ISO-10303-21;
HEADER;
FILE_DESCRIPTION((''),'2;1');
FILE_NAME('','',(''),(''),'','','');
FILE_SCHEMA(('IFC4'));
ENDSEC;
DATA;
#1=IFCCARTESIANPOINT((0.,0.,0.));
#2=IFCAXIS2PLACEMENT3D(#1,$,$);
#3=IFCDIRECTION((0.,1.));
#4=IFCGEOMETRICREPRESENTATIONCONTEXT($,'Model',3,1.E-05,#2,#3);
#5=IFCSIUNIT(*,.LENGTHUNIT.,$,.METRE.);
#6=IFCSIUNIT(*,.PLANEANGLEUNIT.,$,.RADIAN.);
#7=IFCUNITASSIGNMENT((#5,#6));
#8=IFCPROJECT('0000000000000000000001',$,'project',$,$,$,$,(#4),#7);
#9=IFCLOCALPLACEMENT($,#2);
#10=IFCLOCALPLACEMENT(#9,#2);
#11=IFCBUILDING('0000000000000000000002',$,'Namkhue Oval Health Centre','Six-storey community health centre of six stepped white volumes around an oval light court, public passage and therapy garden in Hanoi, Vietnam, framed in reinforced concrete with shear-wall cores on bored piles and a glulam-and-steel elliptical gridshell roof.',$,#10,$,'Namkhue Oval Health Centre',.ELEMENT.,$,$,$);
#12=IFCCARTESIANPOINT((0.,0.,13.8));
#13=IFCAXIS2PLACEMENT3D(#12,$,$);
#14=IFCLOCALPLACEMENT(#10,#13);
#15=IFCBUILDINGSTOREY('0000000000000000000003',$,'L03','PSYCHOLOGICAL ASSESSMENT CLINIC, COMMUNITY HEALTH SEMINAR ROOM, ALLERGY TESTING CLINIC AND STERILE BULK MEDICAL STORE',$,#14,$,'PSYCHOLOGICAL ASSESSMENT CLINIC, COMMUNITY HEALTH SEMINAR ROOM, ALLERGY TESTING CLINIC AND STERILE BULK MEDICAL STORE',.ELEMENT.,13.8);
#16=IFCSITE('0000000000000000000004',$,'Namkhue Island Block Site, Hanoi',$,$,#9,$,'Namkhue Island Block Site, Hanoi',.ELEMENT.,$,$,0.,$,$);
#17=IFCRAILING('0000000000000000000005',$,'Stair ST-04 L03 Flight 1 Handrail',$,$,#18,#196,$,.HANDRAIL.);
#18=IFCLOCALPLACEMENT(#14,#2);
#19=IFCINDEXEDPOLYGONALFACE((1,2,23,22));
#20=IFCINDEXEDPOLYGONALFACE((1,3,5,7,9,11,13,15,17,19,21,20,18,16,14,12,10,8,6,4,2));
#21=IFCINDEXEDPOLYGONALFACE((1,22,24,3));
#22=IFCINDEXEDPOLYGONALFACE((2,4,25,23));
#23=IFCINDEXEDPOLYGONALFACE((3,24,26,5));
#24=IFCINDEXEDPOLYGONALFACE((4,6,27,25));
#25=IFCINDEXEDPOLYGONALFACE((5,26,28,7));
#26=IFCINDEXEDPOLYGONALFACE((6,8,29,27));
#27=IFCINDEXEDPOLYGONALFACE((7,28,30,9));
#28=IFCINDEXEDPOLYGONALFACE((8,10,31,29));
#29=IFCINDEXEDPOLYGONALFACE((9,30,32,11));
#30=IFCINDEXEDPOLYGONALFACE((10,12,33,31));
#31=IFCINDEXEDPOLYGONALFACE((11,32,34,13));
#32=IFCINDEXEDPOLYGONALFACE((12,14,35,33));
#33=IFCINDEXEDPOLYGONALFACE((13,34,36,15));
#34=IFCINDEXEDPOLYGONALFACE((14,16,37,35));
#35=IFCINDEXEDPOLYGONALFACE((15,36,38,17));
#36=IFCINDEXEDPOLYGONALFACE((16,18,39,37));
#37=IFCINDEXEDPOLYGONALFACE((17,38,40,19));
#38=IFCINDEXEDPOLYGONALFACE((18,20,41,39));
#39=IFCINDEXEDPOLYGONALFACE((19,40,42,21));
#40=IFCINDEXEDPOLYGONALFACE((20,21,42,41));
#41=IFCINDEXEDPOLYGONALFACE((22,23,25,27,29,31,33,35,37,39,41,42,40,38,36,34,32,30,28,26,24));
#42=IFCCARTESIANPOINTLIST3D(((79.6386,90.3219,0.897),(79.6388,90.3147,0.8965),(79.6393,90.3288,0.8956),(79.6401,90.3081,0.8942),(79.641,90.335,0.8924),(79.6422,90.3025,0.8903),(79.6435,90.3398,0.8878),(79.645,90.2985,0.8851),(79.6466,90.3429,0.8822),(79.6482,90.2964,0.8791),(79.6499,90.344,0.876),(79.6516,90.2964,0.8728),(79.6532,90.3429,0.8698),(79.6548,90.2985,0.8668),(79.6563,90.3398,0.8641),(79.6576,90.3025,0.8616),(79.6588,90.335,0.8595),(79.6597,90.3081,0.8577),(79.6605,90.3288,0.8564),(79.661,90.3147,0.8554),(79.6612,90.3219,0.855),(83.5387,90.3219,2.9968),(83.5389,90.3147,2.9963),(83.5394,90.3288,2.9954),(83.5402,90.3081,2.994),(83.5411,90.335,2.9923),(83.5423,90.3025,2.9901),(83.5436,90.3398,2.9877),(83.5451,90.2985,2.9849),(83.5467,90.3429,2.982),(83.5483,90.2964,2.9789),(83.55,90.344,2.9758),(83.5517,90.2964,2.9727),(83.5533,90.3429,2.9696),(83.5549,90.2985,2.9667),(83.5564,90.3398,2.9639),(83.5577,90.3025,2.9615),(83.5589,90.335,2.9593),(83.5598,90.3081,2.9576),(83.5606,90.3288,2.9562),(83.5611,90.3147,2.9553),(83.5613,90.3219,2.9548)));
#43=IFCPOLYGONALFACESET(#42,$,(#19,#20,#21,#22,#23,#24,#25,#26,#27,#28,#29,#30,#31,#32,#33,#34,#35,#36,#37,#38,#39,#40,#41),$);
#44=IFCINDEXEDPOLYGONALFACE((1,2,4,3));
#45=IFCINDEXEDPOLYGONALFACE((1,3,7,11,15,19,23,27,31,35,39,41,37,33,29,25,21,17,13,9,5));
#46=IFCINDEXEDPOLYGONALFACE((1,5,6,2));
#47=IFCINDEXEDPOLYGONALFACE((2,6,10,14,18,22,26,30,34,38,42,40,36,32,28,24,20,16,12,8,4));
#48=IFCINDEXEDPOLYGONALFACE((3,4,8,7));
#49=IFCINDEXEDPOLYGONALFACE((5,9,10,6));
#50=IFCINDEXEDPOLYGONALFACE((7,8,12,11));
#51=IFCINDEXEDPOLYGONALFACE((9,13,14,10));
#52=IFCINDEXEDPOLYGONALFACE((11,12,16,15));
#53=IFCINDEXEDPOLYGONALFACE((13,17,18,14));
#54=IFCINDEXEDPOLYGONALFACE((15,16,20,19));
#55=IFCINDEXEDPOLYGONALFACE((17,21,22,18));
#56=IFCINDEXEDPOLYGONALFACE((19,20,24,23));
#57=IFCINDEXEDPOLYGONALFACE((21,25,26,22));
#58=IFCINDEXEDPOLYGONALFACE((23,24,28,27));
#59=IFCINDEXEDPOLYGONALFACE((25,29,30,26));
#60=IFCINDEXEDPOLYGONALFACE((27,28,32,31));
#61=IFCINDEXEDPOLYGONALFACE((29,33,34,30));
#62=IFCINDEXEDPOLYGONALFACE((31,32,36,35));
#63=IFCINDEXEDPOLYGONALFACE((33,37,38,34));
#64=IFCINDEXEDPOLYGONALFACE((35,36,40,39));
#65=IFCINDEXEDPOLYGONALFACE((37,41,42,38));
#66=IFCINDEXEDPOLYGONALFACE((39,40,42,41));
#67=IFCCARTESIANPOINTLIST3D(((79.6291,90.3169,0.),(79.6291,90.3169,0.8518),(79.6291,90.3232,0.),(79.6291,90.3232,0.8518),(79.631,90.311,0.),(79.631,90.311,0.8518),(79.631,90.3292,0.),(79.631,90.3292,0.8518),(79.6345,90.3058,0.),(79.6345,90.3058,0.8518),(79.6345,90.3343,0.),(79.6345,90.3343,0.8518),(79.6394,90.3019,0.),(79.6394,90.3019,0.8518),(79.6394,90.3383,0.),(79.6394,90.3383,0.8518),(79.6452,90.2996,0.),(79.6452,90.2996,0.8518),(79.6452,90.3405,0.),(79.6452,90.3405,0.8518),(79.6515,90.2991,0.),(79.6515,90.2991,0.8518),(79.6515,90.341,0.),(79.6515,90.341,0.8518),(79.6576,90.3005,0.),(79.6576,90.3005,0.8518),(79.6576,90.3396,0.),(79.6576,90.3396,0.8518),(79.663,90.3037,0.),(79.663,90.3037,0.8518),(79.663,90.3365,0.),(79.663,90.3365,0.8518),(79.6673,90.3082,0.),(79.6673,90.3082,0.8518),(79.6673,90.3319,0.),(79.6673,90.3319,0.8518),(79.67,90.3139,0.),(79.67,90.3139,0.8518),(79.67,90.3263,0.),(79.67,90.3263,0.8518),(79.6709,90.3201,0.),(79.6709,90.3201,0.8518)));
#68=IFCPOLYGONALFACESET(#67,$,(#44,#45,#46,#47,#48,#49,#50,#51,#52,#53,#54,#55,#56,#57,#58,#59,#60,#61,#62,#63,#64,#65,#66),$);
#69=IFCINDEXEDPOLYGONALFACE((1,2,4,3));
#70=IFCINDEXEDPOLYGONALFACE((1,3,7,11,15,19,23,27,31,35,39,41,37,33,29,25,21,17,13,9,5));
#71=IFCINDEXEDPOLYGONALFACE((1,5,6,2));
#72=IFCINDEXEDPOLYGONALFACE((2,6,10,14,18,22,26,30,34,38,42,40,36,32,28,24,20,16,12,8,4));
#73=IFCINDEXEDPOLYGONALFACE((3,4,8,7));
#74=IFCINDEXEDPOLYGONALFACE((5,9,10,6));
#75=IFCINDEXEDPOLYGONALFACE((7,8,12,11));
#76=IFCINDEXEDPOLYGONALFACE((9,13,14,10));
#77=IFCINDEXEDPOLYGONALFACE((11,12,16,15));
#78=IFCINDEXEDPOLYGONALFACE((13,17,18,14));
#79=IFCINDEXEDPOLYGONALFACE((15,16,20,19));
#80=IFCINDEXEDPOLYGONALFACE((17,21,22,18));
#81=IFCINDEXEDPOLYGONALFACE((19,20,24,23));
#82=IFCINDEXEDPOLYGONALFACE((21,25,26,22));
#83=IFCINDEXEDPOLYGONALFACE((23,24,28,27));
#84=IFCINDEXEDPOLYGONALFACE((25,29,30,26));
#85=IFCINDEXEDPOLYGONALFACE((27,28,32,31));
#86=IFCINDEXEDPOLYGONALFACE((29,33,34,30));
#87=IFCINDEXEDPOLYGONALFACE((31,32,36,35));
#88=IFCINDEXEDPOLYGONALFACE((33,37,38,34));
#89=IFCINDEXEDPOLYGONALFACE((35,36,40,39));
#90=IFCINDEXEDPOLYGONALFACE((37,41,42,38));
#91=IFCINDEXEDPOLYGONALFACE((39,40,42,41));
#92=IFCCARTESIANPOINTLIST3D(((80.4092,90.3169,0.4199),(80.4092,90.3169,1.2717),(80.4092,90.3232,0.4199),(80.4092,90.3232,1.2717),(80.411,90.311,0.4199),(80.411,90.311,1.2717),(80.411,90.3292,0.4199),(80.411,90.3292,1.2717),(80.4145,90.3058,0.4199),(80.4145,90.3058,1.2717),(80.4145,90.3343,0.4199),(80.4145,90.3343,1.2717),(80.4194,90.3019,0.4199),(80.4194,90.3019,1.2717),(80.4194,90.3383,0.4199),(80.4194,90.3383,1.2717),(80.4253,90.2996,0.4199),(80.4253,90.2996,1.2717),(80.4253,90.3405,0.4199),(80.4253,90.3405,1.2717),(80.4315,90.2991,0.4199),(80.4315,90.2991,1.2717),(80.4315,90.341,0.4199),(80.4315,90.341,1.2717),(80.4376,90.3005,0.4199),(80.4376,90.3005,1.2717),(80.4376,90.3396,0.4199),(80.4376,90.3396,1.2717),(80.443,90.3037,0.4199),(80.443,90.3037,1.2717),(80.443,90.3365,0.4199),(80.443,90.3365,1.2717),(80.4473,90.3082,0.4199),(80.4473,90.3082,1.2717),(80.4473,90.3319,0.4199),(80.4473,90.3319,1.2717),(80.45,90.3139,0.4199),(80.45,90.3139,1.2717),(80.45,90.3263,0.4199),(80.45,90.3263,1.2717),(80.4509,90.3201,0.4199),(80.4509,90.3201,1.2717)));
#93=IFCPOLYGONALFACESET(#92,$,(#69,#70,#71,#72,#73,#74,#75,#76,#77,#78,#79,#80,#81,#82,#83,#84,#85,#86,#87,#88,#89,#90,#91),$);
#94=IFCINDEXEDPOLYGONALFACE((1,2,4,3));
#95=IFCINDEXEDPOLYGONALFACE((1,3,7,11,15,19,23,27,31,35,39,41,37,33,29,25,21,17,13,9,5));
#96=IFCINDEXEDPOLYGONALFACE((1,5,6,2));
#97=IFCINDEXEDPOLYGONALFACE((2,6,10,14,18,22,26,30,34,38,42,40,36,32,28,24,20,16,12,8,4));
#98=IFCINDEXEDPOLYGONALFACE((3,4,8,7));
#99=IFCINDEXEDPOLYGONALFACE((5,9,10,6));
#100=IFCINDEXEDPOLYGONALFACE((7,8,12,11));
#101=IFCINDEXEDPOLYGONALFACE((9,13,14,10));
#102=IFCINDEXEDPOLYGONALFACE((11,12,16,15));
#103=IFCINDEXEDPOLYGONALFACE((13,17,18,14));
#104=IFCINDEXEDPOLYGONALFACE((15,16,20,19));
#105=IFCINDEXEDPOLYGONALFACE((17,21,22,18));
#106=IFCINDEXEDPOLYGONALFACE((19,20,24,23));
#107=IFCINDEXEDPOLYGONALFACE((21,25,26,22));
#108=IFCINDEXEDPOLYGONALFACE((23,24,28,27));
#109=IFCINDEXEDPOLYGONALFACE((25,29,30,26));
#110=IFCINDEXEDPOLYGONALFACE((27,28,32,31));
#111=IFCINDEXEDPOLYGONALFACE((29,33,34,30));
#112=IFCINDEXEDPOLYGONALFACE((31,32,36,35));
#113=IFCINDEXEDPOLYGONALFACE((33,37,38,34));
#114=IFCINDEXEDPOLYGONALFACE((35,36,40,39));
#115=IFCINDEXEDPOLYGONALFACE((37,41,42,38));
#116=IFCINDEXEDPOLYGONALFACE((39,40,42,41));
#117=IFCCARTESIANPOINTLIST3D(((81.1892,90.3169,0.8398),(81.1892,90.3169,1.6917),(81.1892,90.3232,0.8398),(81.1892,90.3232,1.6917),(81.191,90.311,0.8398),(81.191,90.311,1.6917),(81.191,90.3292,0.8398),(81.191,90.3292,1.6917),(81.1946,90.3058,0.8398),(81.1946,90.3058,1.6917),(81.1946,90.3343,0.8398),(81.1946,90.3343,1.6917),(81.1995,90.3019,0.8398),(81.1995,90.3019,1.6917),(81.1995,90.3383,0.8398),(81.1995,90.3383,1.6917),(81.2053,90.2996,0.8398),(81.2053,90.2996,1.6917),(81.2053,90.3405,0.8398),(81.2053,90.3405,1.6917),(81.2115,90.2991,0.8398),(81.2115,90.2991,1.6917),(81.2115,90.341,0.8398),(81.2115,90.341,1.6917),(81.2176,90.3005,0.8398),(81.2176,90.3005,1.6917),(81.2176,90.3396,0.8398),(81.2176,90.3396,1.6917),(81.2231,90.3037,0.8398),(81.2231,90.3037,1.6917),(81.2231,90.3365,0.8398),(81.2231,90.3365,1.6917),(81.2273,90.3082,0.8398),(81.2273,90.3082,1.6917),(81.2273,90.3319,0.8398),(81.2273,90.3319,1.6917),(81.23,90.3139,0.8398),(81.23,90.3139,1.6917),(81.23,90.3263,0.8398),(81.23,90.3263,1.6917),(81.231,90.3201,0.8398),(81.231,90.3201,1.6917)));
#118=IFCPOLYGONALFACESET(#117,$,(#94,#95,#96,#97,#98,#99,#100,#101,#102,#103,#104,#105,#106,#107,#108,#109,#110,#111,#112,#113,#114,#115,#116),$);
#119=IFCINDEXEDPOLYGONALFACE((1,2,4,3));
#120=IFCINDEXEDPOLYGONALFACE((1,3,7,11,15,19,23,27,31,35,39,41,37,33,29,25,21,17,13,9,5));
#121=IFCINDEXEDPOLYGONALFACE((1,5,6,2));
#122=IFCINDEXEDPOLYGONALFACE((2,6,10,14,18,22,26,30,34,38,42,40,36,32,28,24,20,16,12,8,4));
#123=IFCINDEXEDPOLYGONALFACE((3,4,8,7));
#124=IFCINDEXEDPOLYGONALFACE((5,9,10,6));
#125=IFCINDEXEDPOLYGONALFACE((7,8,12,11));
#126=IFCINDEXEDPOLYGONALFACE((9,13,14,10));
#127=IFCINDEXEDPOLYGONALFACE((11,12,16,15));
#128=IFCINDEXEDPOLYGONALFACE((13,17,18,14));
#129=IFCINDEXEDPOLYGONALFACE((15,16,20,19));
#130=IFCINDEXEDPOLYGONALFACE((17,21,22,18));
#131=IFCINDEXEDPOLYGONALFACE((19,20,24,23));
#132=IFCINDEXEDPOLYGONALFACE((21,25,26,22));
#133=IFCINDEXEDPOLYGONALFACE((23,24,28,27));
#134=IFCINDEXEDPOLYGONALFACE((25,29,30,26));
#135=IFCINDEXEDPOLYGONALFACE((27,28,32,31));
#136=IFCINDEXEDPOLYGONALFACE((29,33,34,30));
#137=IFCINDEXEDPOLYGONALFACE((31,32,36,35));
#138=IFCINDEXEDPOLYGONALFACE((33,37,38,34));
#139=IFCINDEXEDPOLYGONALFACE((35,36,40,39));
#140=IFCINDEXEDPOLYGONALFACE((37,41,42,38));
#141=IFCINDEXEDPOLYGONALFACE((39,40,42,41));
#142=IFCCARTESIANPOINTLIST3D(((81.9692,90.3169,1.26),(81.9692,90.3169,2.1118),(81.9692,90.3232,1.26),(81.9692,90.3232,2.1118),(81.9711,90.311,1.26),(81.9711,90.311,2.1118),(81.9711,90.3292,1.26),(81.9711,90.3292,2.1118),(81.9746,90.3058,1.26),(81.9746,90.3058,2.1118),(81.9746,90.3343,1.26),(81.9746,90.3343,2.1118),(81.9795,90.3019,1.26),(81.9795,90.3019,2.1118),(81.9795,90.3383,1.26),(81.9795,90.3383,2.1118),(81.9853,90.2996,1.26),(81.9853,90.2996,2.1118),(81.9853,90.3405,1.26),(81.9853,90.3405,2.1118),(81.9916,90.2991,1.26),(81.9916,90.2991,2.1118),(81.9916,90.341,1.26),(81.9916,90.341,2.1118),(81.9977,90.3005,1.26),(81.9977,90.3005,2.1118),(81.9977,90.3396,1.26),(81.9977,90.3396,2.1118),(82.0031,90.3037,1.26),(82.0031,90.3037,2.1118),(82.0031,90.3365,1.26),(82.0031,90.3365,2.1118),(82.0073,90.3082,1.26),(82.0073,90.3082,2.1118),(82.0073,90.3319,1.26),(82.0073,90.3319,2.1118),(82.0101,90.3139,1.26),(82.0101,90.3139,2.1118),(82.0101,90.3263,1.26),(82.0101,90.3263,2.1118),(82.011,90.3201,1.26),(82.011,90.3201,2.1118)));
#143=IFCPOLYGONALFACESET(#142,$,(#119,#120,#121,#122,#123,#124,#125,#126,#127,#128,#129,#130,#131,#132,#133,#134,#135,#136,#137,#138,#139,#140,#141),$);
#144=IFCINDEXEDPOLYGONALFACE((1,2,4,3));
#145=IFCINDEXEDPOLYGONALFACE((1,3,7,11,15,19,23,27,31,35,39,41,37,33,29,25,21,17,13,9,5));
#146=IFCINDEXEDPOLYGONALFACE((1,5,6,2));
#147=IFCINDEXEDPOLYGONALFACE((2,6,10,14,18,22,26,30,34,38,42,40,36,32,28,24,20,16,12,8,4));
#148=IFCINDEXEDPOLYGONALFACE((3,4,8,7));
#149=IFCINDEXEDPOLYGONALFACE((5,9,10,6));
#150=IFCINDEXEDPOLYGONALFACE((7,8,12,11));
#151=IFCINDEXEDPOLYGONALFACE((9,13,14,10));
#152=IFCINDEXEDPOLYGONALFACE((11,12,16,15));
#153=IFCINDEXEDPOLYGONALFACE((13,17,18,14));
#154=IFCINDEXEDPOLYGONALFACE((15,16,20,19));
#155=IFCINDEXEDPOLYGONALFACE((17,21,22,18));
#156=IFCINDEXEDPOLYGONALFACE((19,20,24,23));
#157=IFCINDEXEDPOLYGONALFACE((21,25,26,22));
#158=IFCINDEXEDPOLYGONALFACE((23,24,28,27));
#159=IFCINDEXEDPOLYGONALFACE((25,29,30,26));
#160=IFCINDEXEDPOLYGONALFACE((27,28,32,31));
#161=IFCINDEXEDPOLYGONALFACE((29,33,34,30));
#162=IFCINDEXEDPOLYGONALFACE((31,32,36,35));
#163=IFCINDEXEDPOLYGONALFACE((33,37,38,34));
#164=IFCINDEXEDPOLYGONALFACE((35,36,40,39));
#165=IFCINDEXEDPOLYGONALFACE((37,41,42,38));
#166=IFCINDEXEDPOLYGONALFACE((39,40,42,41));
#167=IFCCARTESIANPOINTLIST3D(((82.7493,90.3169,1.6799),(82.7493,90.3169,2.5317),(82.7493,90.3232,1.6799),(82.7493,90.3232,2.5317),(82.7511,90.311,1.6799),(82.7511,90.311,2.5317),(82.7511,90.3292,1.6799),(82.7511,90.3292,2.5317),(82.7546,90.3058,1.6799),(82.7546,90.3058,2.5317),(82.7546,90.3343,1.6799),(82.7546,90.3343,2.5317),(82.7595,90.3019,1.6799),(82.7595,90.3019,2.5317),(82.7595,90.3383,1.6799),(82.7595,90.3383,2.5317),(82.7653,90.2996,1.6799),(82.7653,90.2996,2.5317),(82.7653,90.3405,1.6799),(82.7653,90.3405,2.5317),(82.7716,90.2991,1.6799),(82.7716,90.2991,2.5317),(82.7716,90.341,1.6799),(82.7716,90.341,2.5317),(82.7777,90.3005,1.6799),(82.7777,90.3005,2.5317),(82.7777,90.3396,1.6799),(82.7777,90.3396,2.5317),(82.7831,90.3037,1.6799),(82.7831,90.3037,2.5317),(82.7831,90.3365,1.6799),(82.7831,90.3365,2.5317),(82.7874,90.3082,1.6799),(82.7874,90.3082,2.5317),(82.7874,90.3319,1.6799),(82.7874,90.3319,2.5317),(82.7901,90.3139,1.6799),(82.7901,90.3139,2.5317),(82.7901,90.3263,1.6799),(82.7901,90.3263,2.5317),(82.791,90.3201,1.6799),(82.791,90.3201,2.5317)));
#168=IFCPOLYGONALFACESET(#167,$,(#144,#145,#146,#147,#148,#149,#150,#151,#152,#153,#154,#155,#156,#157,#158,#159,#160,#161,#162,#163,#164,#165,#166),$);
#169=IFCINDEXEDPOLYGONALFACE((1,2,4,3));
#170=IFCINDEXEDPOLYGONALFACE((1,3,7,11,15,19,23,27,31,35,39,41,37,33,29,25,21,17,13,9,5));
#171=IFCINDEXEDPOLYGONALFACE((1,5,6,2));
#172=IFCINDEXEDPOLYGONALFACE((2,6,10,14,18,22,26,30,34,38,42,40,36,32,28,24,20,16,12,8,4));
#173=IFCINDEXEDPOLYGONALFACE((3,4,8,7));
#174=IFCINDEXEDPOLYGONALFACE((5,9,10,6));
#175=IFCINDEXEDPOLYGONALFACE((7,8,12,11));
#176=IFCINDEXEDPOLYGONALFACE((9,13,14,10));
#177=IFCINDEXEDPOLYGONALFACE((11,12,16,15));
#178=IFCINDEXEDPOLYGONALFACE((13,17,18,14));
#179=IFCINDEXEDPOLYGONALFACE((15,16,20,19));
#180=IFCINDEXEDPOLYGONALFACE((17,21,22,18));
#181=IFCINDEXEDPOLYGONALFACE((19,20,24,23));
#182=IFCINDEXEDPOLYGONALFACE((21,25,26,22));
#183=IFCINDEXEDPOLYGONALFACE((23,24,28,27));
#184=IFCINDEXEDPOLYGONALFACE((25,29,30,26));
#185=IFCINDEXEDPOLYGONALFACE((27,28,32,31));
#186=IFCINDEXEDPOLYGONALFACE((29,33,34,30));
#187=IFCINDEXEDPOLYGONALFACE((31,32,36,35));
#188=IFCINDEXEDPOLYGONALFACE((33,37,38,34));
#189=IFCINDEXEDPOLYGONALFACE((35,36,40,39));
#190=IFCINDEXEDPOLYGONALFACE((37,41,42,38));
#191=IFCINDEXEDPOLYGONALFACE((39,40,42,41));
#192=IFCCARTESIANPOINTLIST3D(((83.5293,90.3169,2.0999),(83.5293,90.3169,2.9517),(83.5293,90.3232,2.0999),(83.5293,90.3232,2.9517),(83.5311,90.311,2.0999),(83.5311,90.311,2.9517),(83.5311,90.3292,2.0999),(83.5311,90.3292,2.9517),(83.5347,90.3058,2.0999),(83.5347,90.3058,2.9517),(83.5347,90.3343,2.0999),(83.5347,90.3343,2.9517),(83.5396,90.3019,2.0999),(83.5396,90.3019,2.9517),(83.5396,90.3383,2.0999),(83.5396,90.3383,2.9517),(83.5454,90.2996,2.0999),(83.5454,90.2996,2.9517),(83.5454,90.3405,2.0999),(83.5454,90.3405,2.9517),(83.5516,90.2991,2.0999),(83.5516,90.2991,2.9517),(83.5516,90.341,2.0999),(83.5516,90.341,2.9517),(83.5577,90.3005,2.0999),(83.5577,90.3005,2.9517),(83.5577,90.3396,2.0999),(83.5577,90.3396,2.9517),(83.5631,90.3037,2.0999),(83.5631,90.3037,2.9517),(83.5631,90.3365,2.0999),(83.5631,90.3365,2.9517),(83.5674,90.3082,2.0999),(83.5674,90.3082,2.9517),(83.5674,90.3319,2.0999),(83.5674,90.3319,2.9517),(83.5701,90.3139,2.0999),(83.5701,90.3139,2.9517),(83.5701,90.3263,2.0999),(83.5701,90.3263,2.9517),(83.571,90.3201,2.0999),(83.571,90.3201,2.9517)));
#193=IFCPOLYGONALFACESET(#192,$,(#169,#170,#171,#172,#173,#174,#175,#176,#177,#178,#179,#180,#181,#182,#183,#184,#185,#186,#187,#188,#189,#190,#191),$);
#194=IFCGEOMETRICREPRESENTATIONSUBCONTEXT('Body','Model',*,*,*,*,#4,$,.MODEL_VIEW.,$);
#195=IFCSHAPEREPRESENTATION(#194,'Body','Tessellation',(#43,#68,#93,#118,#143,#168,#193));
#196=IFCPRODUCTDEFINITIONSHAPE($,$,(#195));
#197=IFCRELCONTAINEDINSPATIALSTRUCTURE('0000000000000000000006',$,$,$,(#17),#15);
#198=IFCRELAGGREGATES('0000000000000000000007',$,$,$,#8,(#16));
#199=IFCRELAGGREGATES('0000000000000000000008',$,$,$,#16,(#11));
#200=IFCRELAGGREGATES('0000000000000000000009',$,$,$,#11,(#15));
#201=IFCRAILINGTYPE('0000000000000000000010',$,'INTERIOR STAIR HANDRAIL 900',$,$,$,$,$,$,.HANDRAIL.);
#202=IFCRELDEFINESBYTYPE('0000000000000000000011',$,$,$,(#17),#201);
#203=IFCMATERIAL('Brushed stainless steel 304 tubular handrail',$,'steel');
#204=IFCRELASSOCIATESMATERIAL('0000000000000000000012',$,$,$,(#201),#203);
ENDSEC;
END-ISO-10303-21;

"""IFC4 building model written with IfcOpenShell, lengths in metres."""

from ifc_helpers import new_model, si_unit, direction, frame, origin, origin_2d, place, context, subcontext, project, spatial, circle, extrude, material, type_object, element, save


model = new_model("IFC4")

# Units and contexts
model_context = context("Model", 3, precision=1e-05, world=origin(), true_north=direction((0.0, 1.0)))
body_context = subcontext(model_context, "Body", "Model", "MODEL_VIEW")
ifc_project = project(units=[si_unit("LENGTHUNIT", "METRE"), si_unit("PLANEANGLEUNIT", "RADIAN")], contexts=[model_context])

# Site, building, storey
site_placement = place(None, origin())
site = spatial("IfcSite", under=ifc_project, at=site_placement, Name="Namkhue Island Block Site, Hanoi", LongName="Namkhue Island Block Site, Hanoi", CompositionType="ELEMENT", RefElevation=0.0)
building_placement = place(site_placement, origin())
building = spatial("IfcBuilding", under=site, at=building_placement, Name="Namkhue Oval Health Centre", Description="Six-storey community health centre of six stepped white volumes around an oval light court, public passage and therapy garden in Hanoi, Vietnam, framed in reinforced concrete with shear-wall cores on bored piles and a glulam-and-steel elliptical gridshell roof.", LongName="Namkhue Oval Health Centre", CompositionType="ELEMENT")
storey_placement = place(building_placement, frame((0.0, 0.0, 13.8)))
storey = spatial("IfcBuildingStorey", under=building, at=storey_placement, Name="L03", Description="PSYCHOLOGICAL ASSESSMENT CLINIC, COMMUNITY HEALTH SEMINAR ROOM, ALLERGY TESTING CLINIC AND STERILE BULK MEDICAL STORE", LongName="PSYCHOLOGICAL ASSESSMENT CLINIC, COMMUNITY HEALTH SEMINAR ROOM, ALLERGY TESTING CLINIC AND STERILE BULK MEDICAL STORE", CompositionType="ELEMENT", Elevation=13.8)

# Railing
ifc_material_1 = material(Name="Brushed stainless steel 304 tubular handrail", Category="steel")
railing_type_1 = type_object("IfcRailingType", Name="INTERIOR STAIR HANDRAIL 900", PredefinedType="HANDRAIL", material=ifc_material_1)
railing_1_placement = place(storey_placement, frame((79.6499, 90.3201, 0.0)))
element("IfcRailing", 1, at=railing_1_placement, inside=storey, type_object=railing_type_1, Name="Stair ST-04 L03 Flight 1 Handrail", PredefinedType="HANDRAIL", context=body_context, shape_type="SweptSolid", body=[
    extrude(circle(Radius=0.0239, at=origin_2d()), frame((0.0, 0.0, 0.876), z_axis=(0.880492, 0.0, 0.47406), x_axis=(0.0, 1.0, 0.0)), (0.0, 0.0, 1.0), 4.4294),
    extrude(circle(Radius=0.021, at=origin_2d()), origin(), (0.0, 0.0, 1.0), 0.8518),
    extrude(circle(Radius=0.021, at=origin_2d()), frame((0.78, 0.0, 0.4199)), (0.0, 0.0, 1.0), 0.8518),
    extrude(circle(Radius=0.021, at=origin_2d()), frame((1.5601, 0.0, 0.8398)), (0.0, 0.0, 1.0), 0.8518),
    extrude(circle(Radius=0.021, at=origin_2d()), frame((2.3401, 0.0, 1.26)), (0.0, 0.0, 1.0), 0.8518),
    extrude(circle(Radius=0.021, at=origin_2d()), frame((3.1201, 0.0, 1.6799)), (0.0, 0.0, 1.0), 0.8518),
    extrude(circle(Radius=0.021, at=origin_2d()), frame((3.9001, 0.0, 2.0999)), (0.0, 0.0, 1.0), 0.8518),
])

save(model, "model.ifc")
